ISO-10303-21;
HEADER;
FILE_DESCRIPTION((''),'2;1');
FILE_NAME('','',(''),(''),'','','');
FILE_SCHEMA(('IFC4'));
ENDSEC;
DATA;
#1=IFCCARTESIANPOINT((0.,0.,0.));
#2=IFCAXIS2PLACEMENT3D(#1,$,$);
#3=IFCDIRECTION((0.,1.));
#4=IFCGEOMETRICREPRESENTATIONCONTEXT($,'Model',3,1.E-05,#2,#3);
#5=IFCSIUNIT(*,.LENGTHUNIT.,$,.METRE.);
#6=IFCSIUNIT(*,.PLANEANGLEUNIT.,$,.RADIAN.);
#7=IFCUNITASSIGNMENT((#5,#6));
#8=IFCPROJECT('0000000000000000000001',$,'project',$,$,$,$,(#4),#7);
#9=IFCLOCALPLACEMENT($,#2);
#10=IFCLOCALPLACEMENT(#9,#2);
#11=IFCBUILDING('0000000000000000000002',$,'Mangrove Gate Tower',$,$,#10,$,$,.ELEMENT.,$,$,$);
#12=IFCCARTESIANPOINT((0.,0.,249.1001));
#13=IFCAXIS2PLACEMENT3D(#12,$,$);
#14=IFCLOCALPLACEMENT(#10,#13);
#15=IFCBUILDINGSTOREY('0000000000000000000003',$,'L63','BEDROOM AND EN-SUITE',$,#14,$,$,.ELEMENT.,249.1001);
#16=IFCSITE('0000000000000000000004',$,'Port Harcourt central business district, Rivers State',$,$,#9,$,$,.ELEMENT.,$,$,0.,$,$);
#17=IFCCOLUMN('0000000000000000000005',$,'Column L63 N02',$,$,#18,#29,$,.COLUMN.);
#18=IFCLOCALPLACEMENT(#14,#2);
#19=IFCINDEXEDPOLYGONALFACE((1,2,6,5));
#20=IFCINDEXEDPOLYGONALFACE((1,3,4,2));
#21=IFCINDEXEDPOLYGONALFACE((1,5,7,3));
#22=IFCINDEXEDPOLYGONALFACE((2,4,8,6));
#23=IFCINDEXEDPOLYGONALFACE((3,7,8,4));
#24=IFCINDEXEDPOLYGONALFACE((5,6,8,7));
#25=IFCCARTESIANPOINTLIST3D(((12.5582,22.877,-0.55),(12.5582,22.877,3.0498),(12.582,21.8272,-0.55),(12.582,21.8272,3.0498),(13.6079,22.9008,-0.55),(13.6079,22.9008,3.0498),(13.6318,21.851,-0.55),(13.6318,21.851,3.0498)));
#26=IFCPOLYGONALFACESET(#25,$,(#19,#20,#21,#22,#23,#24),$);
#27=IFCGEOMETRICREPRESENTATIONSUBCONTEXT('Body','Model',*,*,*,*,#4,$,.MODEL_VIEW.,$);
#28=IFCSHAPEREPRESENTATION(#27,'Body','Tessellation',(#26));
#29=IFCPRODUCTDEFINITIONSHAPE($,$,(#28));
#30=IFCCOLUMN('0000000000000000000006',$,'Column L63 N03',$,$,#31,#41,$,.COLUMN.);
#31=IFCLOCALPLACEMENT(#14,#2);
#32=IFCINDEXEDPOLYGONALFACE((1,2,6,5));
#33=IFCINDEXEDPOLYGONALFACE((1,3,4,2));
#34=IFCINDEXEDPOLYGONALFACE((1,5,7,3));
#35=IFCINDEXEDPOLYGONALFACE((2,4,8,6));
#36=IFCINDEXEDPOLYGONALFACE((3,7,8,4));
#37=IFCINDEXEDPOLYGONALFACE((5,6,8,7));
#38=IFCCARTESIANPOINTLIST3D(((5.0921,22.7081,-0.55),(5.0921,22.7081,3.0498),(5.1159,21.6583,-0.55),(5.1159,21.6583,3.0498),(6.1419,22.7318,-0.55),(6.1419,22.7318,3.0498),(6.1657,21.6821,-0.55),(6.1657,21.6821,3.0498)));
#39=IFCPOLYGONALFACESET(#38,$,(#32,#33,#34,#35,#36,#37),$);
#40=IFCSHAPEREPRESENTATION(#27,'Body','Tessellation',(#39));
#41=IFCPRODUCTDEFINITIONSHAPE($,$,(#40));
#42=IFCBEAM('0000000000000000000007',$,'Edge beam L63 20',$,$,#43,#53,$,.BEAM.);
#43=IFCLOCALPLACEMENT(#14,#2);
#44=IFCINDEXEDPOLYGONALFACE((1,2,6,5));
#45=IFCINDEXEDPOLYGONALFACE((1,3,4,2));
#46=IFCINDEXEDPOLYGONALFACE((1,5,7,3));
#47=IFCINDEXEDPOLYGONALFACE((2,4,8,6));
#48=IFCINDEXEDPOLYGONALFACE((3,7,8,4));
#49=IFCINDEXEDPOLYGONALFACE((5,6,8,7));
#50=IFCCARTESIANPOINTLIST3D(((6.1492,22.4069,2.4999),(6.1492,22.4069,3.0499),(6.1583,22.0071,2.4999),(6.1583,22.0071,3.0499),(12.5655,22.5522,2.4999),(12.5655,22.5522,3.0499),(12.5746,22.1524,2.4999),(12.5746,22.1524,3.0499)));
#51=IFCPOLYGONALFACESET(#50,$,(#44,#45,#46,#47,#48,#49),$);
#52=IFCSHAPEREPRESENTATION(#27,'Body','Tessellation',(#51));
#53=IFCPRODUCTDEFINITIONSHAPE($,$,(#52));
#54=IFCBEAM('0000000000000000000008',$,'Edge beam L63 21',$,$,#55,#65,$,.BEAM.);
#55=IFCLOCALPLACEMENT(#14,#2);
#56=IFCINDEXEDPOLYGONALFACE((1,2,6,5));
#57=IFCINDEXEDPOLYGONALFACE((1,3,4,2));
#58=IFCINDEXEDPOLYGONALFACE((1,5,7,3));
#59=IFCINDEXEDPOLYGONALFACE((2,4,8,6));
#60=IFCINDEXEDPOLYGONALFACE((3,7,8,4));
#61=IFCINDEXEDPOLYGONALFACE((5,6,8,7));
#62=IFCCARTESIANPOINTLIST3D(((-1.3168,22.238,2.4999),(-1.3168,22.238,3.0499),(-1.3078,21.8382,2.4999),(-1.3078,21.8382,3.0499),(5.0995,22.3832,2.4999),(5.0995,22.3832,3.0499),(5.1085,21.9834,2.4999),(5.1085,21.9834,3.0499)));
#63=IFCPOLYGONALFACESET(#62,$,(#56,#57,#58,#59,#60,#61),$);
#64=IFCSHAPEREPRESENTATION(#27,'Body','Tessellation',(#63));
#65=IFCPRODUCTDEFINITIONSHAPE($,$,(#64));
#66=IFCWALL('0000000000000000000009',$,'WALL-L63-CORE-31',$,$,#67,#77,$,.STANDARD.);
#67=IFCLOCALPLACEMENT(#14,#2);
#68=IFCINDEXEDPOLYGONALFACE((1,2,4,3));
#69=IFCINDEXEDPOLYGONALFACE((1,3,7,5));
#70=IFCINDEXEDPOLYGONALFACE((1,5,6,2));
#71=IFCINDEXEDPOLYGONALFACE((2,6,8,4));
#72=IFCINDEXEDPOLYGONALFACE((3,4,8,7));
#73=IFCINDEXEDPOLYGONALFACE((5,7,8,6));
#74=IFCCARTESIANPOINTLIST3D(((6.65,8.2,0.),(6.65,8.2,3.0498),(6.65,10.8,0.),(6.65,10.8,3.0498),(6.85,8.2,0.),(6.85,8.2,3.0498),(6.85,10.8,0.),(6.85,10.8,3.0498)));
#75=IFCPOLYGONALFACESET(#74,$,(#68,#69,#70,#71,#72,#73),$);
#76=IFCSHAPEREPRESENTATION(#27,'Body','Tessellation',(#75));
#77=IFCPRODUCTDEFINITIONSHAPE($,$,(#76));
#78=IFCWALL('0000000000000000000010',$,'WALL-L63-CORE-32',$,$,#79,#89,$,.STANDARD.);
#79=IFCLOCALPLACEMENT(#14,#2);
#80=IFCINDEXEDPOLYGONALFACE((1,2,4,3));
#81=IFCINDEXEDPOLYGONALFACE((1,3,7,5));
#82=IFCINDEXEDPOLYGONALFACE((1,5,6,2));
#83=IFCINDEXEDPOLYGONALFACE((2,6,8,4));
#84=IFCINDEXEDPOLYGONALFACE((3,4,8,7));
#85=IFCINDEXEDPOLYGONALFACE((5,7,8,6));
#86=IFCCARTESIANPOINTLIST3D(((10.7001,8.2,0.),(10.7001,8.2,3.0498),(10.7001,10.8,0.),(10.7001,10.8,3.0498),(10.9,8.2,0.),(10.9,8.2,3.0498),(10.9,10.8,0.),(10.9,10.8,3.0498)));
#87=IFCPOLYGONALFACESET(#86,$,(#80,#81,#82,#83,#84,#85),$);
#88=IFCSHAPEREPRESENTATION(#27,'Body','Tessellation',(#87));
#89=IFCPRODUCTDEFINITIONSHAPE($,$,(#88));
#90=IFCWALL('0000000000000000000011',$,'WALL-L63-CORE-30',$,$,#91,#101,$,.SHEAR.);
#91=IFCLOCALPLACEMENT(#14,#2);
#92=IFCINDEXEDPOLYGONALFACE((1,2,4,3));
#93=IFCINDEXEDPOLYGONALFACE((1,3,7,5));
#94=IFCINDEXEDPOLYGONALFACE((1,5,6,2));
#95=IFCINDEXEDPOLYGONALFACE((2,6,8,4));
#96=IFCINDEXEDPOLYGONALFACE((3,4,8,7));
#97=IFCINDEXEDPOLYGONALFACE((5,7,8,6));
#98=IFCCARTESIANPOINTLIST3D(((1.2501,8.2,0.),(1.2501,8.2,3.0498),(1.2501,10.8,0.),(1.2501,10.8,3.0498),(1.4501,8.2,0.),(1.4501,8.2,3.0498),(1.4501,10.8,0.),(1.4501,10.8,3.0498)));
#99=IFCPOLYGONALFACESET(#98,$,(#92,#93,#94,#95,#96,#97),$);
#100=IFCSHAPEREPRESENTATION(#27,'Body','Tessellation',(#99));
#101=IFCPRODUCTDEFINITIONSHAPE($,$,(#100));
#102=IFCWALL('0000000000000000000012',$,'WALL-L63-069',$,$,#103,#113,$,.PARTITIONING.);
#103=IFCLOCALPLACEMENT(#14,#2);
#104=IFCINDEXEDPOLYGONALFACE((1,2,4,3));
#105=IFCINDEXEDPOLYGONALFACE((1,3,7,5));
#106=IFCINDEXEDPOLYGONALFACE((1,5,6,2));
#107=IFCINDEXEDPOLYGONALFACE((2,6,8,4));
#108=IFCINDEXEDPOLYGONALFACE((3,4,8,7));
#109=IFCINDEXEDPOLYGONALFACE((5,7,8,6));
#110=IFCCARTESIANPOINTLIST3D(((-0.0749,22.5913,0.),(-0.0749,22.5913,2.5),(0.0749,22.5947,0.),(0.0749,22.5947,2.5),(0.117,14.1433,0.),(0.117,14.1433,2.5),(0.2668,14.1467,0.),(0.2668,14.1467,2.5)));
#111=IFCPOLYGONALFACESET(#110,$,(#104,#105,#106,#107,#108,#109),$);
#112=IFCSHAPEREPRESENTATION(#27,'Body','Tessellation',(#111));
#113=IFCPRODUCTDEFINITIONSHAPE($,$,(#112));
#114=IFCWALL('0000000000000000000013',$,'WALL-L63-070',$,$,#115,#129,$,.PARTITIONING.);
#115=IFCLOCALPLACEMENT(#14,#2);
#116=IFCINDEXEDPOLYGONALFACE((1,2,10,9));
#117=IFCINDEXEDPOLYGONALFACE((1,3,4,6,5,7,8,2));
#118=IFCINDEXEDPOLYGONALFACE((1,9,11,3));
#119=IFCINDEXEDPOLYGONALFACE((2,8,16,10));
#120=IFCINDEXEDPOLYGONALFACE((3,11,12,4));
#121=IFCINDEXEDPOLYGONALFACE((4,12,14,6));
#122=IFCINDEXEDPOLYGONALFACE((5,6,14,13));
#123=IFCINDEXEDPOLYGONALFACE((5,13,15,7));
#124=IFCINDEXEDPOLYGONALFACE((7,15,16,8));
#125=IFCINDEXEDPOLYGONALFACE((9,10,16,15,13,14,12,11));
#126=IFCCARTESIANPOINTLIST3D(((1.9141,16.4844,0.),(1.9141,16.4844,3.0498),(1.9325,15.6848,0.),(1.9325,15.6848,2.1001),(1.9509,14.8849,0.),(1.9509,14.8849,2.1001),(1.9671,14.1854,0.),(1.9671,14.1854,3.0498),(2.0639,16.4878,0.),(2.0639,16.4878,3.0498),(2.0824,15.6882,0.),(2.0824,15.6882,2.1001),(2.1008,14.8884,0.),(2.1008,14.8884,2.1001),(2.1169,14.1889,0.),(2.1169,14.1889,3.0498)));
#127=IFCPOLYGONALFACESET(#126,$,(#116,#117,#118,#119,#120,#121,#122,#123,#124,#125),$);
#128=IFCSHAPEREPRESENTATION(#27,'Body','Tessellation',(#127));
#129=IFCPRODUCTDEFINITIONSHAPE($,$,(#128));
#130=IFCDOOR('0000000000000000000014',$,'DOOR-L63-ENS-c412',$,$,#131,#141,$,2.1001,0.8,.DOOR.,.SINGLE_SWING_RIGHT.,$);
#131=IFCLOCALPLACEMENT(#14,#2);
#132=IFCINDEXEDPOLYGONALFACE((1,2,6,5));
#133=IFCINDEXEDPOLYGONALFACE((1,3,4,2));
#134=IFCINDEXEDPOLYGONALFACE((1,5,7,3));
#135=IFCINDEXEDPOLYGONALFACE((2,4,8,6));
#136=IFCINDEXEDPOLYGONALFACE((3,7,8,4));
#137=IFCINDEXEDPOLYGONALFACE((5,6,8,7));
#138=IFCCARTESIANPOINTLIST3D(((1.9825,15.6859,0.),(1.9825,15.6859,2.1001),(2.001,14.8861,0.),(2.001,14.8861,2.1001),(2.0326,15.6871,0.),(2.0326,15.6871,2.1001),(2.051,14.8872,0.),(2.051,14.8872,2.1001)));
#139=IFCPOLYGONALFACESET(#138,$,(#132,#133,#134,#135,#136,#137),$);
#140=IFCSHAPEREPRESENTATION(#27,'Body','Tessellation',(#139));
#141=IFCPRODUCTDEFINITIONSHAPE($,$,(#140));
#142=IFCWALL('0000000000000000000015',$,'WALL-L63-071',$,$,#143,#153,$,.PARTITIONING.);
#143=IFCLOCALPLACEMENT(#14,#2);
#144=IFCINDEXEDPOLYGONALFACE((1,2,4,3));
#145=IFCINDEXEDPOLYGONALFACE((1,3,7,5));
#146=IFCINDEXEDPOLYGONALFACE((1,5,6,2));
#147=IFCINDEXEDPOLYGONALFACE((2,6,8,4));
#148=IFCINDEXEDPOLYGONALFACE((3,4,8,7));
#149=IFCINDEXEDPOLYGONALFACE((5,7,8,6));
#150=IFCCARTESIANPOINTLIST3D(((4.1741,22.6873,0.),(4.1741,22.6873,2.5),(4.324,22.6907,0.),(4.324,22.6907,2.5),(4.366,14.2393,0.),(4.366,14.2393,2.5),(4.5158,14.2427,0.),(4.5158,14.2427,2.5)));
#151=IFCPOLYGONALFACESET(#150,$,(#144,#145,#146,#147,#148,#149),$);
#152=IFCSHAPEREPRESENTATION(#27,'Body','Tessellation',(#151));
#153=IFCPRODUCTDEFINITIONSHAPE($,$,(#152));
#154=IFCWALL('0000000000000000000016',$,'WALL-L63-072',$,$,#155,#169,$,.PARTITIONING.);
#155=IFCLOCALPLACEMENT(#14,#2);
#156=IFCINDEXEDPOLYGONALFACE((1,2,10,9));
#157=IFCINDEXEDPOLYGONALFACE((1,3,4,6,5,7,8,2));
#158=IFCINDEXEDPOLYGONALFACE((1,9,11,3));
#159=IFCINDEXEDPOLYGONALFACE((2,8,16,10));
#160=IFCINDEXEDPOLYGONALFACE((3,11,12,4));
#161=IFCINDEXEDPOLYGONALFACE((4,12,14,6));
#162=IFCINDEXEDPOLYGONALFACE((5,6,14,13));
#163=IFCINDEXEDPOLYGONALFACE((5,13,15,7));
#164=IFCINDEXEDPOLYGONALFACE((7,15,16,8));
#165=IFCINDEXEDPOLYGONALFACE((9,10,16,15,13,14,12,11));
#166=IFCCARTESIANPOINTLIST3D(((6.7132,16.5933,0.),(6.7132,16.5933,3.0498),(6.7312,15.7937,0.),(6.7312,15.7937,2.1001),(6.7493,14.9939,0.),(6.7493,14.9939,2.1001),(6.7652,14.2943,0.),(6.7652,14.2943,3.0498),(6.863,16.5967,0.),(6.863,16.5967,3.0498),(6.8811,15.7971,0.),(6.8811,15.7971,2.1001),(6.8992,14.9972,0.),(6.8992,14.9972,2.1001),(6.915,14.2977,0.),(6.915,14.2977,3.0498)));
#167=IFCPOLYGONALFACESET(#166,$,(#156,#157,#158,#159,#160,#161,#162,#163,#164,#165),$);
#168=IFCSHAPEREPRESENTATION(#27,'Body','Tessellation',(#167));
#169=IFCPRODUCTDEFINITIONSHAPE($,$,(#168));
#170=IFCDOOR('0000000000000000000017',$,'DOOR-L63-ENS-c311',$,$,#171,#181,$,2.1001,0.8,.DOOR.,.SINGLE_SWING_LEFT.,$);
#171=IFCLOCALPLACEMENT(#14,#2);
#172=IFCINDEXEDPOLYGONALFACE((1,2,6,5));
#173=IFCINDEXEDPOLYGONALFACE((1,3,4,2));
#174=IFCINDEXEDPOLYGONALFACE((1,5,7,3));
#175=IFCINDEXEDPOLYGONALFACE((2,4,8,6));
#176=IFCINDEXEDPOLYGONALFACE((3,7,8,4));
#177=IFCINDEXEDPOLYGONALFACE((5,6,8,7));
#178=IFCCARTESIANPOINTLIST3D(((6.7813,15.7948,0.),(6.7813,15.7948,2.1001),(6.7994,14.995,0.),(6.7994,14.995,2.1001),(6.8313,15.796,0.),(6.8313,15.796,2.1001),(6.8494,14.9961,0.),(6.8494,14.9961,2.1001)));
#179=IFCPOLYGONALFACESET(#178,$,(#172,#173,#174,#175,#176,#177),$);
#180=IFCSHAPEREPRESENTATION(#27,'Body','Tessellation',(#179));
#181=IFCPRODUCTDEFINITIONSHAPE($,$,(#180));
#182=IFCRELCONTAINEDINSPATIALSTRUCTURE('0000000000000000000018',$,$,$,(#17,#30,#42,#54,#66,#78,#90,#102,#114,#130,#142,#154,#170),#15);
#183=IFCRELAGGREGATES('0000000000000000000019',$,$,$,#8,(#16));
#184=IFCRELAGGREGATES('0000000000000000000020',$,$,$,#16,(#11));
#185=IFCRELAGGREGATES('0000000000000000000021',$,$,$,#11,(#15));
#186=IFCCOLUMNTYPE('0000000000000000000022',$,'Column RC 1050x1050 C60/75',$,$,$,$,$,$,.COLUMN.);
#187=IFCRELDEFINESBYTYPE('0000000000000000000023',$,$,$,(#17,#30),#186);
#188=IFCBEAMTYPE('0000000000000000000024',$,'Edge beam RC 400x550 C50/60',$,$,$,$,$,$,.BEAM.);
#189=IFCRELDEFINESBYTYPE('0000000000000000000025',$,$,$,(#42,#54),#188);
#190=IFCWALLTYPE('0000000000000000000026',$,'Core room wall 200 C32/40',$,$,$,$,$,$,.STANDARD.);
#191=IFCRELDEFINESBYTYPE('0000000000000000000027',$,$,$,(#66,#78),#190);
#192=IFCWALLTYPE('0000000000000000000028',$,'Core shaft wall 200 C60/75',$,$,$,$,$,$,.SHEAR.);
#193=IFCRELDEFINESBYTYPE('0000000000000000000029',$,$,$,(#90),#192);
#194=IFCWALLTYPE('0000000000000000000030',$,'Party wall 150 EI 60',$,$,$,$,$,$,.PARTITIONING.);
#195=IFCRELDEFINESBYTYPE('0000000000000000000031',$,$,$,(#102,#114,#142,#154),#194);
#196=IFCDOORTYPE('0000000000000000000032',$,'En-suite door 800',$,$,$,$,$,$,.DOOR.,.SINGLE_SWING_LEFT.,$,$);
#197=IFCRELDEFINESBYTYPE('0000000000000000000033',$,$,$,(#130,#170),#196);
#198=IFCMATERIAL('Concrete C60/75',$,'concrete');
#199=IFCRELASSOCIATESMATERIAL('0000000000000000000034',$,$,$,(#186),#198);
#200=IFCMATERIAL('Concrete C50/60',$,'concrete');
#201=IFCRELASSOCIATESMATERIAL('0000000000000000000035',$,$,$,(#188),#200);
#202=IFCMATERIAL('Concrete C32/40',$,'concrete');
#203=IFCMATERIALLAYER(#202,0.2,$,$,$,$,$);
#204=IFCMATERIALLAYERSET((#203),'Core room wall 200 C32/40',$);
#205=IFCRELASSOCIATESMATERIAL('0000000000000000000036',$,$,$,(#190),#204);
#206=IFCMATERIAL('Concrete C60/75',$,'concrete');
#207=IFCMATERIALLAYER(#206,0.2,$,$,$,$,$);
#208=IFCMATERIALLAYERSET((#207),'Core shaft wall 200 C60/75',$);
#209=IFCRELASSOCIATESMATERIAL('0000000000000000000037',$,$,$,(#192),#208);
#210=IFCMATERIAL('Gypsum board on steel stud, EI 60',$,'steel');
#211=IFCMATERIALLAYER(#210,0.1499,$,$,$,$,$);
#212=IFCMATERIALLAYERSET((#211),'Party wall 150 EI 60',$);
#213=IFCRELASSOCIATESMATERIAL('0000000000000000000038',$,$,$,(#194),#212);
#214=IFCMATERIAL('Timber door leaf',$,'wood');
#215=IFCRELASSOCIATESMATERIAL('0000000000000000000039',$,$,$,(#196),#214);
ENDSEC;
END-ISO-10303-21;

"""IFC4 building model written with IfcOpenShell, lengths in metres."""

from ifc_helpers import new_model, si_unit, direction, frame, frame_2d, origin, origin_2d, place, context, subcontext, project, spatial, rectangle, extrude, material, layer, layer_set, material_profile, profile_set, type_object, element, fill, save


model = new_model("IFC4")

# Units and contexts
model_context = context("Model", 3, precision=1e-05, world=origin(), true_north=direction((0.0, 1.0)))
body_context = subcontext(model_context, "Body", "Model", "MODEL_VIEW")
ifc_project = project(units=[si_unit("LENGTHUNIT", "METRE"), si_unit("PLANEANGLEUNIT", "RADIAN")], contexts=[model_context])

# Site, building, storey
site_placement = place(None, origin())
site = spatial("IfcSite", under=ifc_project, at=site_placement, Name="Port Harcourt central business district, Rivers State", CompositionType="ELEMENT", RefElevation=0.0)
building_placement = place(site_placement, origin())
building = spatial("IfcBuilding", under=site, at=building_placement, Name="Mangrove Gate Tower", CompositionType="ELEMENT")
storey_placement = place(building_placement, frame((0.0, 0.0, 249.1001)))
storey = spatial("IfcBuildingStorey", under=building, at=storey_placement, Name="L63", Description="BEDROOM AND EN-SUITE", CompositionType="ELEMENT", Elevation=249.1001)

# Columns
ifc_material_1 = material(Name="Concrete C60/75", Category="concrete")
ifc_material_profile_1 = material_profile(ifc_material_1, rectangle(XDim=1.05, YDim=1.05, at=origin_2d()))
ifc_profile_set_1 = profile_set([ifc_material_profile_1], Name="Concrete C60/75")
column_type = type_object("IfcColumnType", Name="Column RC 1050x1050 C60/75", PredefinedType="COLUMN", material=ifc_profile_set_1)
for number, where, z_axis, x_axis, name in (
    (1, (13.095, 22.364, -0.55), (0.0, 0.0, 1.0), (-0.999742, -0.022697, 0.0), "Column L63 N02"),
    (2, (5.6289, 22.1951, -0.55), (0.0, 0.0, 1.0), (-0.999744, -0.02263, 0.0), "Column L63 N03"),
):
    element("IfcColumn", number, at=place(storey_placement, frame(where, z_axis=z_axis, x_axis=x_axis)), inside=storey, type_object=column_type, Name=name, PredefinedType="COLUMN", context=body_context, shape_type="SweptSolid", body=[
        extrude(rectangle(XDim=1.05, YDim=1.05, at=origin_2d()), origin(), (0.0, 0.0, 1.0), 3.5999),
    ])

# Beams
ifc_material_2 = material(Name="Concrete C50/60", Category="concrete")
ifc_material_profile_2 = material_profile(ifc_material_2, rectangle(XDim=0.3999, YDim=0.55, at=origin_2d()))
ifc_profile_set_2 = profile_set([ifc_material_profile_2], Name="Concrete C50/60")
beam_type = type_object("IfcBeamType", Name="Edge beam RC 400x550 C50/60", PredefinedType="BEAM", material=ifc_profile_set_2)
for number, where, z_axis, x_axis, name in (
    (3, (12.5701, 22.3523, 2.7749), (-0.999744, -0.022634, 0.0), (0.022634, -0.999744, 0.0), "Edge beam L63 20"),
    (4, (5.104, 22.1833, 2.7749), (-0.999744, -0.022634, 0.0), (0.022634, -0.999744, 0.0), "Edge beam L63 21"),
):
    element("IfcBeam", number, at=place(storey_placement, frame(where, z_axis=z_axis, x_axis=x_axis)), inside=storey, type_object=beam_type, Name=name, PredefinedType="BEAM", context=body_context, shape_type="SweptSolid", body=[
        extrude(rectangle(XDim=0.3999, YDim=0.55, at=origin_2d()), origin(), (0.0, 0.0, 1.0), 6.418),
    ])

# Walls
ifc_material_3 = material(Name="Concrete C32/40", Category="concrete")
ifc_layer_1 = layer(ifc_material_3, 0.2)
ifc_layer_set_1 = layer_set([ifc_layer_1], Name="Core room wall 200 C32/40")
wall_type_1 = type_object("IfcWallType", Name="Core room wall 200 C32/40", PredefinedType="STANDARD", material=ifc_layer_set_1)
for number, where, z_axis, x_axis, name in (
    (5, (6.75, 8.2, 0.0), (0.0, 0.0, 1.0), (0.0, 1.0, 0.0), "WALL-L63-CORE-31"),
    (6, (10.8, 8.2, 0.0), (0.0, 0.0, 1.0), (0.0, 1.0, 0.0), "WALL-L63-CORE-32"),
):
    element("IfcWall", number, at=place(storey_placement, frame(where, z_axis=z_axis, x_axis=x_axis)), inside=storey, type_object=wall_type_1, Name=name, PredefinedType="STANDARD", context=body_context, shape_type="SweptSolid", body=[
        extrude(rectangle(XDim=2.6001, YDim=0.2, at=frame_2d((1.3, 0.0))), origin(), (0.0, 0.0, 1.0), 3.0498),
    ])
ifc_material_4 = material(Name="Concrete C60/75", Category="concrete")
ifc_layer_2 = layer(ifc_material_4, 0.2)
ifc_layer_set_2 = layer_set([ifc_layer_2], Name="Core shaft wall 200 C60/75")
wall_type_2 = type_object("IfcWallType", Name="Core shaft wall 200 C60/75", PredefinedType="SHEAR", material=ifc_layer_set_2)
wall_1_placement = place(storey_placement, frame((1.3501, 8.2, 0.0), z_axis=(0.0, 0.0, 1.0), x_axis=(0.0, 1.0, 0.0)))
element("IfcWall", 7, at=wall_1_placement, inside=storey, type_object=wall_type_2, Name="WALL-L63-CORE-30", PredefinedType="SHEAR", context=body_context, shape_type="SweptSolid", body=[
    extrude(rectangle(XDim=2.6001, YDim=0.2, at=frame_2d((1.3, 0.0))), origin(), (0.0, 0.0, 1.0), 3.0498),
])
ifc_material_5 = material(Name="Gypsum board on steel stud, EI 60", Category="steel")
ifc_layer_3 = layer(ifc_material_5, 0.1499)
ifc_layer_set_3 = layer_set([ifc_layer_3], Name="Party wall 150 EI 60")
wall_type_3 = type_object("IfcWallType", Name="Party wall 150 EI 60", PredefinedType="PARTITIONING", material=ifc_layer_set_3)
wall_2_placement = place(storey_placement, frame((0.1919, 14.145, 0.0), z_axis=(0.0, 0.0, 1.0), x_axis=(-0.022709, 0.999742, 0.0)))
element("IfcWall", 8, at=wall_2_placement, inside=storey, type_object=wall_type_3, Name="WALL-L63-069", PredefinedType="PARTITIONING", context=body_context, shape_type="SweptSolid", body=[
    extrude(rectangle(XDim=8.4502, YDim=0.1499, at=frame_2d((4.2251, 0.0))), origin(), (0.0, 0.0, 1.0), 2.5),
])

# Wall, opening, door
wall_3_placement = place(storey_placement, frame((2.042, 14.187, 0.0), z_axis=(0.0, 0.0, 1.0), x_axis=(-0.023037, 0.999735, 0.0)))
wall_3 = element("IfcWall", 9, at=wall_3_placement, inside=storey, type_object=wall_type_3, Name="WALL-L63-070", PredefinedType="PARTITIONING", context=body_context, shape_type="SweptSolid", body=[
    extrude(rectangle(XDim=2.2996, YDim=0.1499, at=frame_2d((1.1499, 0.0))), origin(), (0.0, 0.0, 1.0), 3.0498),
])
opening_1_placement = place(wall_3_placement, frame((0.7, 0.0, 0.0)))
opening_1 = element("IfcOpeningElement", 10, at=opening_1_placement, cuts=wall_3, PredefinedType="OPENING", context=body_context, shape_type="SweptSolid", body=[
    extrude(rectangle(XDim=0.8, YDim=2.1001, at=frame_2d((0.3999, 1.05))), frame((0.0, 0.085, 0.0), z_axis=(0.0, -1.0, 0.0), x_axis=(1.0, 0.0, 0.0)), (0.0, 0.0, 1.0), 0.1699),
])
ifc_material_6 = material(Name="Timber door leaf", Category="wood")
door_type = type_object("IfcDoorType", Name="En-suite door 800", OperationType="SINGLE_SWING_LEFT", PredefinedType="DOOR", material=ifc_material_6)
door_1_placement = place(opening_1_placement, origin())
door_1 = element("IfcDoor", 11, at=door_1_placement, inside=storey, type_object=door_type, Name="DOOR-L63-ENS-c412", OperationType="SINGLE_SWING_RIGHT", OverallHeight=2.1001, OverallWidth=0.8, PredefinedType="DOOR", context=body_context, shape_type="SweptSolid", body=[
    extrude(rectangle(XDim=0.8, YDim=2.1001, at=frame_2d((0.3999, 1.05))), frame((0.0, 0.0249, 0.0), z_axis=(0.0, -1.0, 0.0), x_axis=(1.0, 0.0, 0.0)), (0.0, 0.0, 1.0), 0.05),
])
fill(opening_1, door_1)

# Wall
wall_4_placement = place(storey_placement, frame((4.4409, 14.241, 0.0), z_axis=(0.0, 0.0, 1.0), x_axis=(-0.022709, 0.999742, 0.0)))
element("IfcWall", 12, at=wall_4_placement, inside=storey, type_object=wall_type_3, Name="WALL-L63-071", PredefinedType="PARTITIONING", context=body_context, shape_type="SweptSolid", body=[
    extrude(rectangle(XDim=8.4502, YDim=0.1499, at=frame_2d((4.2251, 0.0))), origin(), (0.0, 0.0, 1.0), 2.5),
])

# Wall, opening, door
wall_5_placement = place(storey_placement, frame((6.8401, 14.2959, 0.0), z_axis=(0.0, 0.0, 1.0), x_axis=(-0.022613, 0.999744, 0.0)))
wall_5 = element("IfcWall", 13, at=wall_5_placement, inside=storey, type_object=wall_type_3, Name="WALL-L63-072", PredefinedType="PARTITIONING", context=body_context, shape_type="SweptSolid", body=[
    extrude(rectangle(XDim=2.2996, YDim=0.1499, at=frame_2d((1.1499, 0.0))), origin(), (0.0, 0.0, 1.0), 3.0498),
])
opening_2_placement = place(wall_5_placement, frame((0.7, 0.0, 0.0)))
opening_2 = element("IfcOpeningElement", 14, at=opening_2_placement, cuts=wall_5, PredefinedType="OPENING", context=body_context, shape_type="SweptSolid", body=[
    extrude(rectangle(XDim=0.8, YDim=2.1001, at=frame_2d((0.3999, 1.05))), frame((0.0, 0.085, 0.0), z_axis=(0.0, -1.0, 0.0), x_axis=(1.0, 0.0, 0.0)), (0.0, 0.0, 1.0), 0.1699),
])
door_2_placement = place(opening_2_placement, origin())
door_2 = element("IfcDoor", 15, at=door_2_placement, inside=storey, type_object=door_type, Name="DOOR-L63-ENS-c311", OperationType="SINGLE_SWING_LEFT", OverallHeight=2.1001, OverallWidth=0.8, PredefinedType="DOOR", context=body_context, shape_type="SweptSolid", body=[
    extrude(rectangle(XDim=0.8, YDim=2.1001, at=frame_2d((0.3999, 1.05))), frame((0.0, 0.0249, 0.0), z_axis=(0.0, -1.0, 0.0), x_axis=(1.0, 0.0, 0.0)), (0.0, 0.0, 1.0), 0.05),
])
fill(opening_2, door_2)

save(model, "model.ifc")
